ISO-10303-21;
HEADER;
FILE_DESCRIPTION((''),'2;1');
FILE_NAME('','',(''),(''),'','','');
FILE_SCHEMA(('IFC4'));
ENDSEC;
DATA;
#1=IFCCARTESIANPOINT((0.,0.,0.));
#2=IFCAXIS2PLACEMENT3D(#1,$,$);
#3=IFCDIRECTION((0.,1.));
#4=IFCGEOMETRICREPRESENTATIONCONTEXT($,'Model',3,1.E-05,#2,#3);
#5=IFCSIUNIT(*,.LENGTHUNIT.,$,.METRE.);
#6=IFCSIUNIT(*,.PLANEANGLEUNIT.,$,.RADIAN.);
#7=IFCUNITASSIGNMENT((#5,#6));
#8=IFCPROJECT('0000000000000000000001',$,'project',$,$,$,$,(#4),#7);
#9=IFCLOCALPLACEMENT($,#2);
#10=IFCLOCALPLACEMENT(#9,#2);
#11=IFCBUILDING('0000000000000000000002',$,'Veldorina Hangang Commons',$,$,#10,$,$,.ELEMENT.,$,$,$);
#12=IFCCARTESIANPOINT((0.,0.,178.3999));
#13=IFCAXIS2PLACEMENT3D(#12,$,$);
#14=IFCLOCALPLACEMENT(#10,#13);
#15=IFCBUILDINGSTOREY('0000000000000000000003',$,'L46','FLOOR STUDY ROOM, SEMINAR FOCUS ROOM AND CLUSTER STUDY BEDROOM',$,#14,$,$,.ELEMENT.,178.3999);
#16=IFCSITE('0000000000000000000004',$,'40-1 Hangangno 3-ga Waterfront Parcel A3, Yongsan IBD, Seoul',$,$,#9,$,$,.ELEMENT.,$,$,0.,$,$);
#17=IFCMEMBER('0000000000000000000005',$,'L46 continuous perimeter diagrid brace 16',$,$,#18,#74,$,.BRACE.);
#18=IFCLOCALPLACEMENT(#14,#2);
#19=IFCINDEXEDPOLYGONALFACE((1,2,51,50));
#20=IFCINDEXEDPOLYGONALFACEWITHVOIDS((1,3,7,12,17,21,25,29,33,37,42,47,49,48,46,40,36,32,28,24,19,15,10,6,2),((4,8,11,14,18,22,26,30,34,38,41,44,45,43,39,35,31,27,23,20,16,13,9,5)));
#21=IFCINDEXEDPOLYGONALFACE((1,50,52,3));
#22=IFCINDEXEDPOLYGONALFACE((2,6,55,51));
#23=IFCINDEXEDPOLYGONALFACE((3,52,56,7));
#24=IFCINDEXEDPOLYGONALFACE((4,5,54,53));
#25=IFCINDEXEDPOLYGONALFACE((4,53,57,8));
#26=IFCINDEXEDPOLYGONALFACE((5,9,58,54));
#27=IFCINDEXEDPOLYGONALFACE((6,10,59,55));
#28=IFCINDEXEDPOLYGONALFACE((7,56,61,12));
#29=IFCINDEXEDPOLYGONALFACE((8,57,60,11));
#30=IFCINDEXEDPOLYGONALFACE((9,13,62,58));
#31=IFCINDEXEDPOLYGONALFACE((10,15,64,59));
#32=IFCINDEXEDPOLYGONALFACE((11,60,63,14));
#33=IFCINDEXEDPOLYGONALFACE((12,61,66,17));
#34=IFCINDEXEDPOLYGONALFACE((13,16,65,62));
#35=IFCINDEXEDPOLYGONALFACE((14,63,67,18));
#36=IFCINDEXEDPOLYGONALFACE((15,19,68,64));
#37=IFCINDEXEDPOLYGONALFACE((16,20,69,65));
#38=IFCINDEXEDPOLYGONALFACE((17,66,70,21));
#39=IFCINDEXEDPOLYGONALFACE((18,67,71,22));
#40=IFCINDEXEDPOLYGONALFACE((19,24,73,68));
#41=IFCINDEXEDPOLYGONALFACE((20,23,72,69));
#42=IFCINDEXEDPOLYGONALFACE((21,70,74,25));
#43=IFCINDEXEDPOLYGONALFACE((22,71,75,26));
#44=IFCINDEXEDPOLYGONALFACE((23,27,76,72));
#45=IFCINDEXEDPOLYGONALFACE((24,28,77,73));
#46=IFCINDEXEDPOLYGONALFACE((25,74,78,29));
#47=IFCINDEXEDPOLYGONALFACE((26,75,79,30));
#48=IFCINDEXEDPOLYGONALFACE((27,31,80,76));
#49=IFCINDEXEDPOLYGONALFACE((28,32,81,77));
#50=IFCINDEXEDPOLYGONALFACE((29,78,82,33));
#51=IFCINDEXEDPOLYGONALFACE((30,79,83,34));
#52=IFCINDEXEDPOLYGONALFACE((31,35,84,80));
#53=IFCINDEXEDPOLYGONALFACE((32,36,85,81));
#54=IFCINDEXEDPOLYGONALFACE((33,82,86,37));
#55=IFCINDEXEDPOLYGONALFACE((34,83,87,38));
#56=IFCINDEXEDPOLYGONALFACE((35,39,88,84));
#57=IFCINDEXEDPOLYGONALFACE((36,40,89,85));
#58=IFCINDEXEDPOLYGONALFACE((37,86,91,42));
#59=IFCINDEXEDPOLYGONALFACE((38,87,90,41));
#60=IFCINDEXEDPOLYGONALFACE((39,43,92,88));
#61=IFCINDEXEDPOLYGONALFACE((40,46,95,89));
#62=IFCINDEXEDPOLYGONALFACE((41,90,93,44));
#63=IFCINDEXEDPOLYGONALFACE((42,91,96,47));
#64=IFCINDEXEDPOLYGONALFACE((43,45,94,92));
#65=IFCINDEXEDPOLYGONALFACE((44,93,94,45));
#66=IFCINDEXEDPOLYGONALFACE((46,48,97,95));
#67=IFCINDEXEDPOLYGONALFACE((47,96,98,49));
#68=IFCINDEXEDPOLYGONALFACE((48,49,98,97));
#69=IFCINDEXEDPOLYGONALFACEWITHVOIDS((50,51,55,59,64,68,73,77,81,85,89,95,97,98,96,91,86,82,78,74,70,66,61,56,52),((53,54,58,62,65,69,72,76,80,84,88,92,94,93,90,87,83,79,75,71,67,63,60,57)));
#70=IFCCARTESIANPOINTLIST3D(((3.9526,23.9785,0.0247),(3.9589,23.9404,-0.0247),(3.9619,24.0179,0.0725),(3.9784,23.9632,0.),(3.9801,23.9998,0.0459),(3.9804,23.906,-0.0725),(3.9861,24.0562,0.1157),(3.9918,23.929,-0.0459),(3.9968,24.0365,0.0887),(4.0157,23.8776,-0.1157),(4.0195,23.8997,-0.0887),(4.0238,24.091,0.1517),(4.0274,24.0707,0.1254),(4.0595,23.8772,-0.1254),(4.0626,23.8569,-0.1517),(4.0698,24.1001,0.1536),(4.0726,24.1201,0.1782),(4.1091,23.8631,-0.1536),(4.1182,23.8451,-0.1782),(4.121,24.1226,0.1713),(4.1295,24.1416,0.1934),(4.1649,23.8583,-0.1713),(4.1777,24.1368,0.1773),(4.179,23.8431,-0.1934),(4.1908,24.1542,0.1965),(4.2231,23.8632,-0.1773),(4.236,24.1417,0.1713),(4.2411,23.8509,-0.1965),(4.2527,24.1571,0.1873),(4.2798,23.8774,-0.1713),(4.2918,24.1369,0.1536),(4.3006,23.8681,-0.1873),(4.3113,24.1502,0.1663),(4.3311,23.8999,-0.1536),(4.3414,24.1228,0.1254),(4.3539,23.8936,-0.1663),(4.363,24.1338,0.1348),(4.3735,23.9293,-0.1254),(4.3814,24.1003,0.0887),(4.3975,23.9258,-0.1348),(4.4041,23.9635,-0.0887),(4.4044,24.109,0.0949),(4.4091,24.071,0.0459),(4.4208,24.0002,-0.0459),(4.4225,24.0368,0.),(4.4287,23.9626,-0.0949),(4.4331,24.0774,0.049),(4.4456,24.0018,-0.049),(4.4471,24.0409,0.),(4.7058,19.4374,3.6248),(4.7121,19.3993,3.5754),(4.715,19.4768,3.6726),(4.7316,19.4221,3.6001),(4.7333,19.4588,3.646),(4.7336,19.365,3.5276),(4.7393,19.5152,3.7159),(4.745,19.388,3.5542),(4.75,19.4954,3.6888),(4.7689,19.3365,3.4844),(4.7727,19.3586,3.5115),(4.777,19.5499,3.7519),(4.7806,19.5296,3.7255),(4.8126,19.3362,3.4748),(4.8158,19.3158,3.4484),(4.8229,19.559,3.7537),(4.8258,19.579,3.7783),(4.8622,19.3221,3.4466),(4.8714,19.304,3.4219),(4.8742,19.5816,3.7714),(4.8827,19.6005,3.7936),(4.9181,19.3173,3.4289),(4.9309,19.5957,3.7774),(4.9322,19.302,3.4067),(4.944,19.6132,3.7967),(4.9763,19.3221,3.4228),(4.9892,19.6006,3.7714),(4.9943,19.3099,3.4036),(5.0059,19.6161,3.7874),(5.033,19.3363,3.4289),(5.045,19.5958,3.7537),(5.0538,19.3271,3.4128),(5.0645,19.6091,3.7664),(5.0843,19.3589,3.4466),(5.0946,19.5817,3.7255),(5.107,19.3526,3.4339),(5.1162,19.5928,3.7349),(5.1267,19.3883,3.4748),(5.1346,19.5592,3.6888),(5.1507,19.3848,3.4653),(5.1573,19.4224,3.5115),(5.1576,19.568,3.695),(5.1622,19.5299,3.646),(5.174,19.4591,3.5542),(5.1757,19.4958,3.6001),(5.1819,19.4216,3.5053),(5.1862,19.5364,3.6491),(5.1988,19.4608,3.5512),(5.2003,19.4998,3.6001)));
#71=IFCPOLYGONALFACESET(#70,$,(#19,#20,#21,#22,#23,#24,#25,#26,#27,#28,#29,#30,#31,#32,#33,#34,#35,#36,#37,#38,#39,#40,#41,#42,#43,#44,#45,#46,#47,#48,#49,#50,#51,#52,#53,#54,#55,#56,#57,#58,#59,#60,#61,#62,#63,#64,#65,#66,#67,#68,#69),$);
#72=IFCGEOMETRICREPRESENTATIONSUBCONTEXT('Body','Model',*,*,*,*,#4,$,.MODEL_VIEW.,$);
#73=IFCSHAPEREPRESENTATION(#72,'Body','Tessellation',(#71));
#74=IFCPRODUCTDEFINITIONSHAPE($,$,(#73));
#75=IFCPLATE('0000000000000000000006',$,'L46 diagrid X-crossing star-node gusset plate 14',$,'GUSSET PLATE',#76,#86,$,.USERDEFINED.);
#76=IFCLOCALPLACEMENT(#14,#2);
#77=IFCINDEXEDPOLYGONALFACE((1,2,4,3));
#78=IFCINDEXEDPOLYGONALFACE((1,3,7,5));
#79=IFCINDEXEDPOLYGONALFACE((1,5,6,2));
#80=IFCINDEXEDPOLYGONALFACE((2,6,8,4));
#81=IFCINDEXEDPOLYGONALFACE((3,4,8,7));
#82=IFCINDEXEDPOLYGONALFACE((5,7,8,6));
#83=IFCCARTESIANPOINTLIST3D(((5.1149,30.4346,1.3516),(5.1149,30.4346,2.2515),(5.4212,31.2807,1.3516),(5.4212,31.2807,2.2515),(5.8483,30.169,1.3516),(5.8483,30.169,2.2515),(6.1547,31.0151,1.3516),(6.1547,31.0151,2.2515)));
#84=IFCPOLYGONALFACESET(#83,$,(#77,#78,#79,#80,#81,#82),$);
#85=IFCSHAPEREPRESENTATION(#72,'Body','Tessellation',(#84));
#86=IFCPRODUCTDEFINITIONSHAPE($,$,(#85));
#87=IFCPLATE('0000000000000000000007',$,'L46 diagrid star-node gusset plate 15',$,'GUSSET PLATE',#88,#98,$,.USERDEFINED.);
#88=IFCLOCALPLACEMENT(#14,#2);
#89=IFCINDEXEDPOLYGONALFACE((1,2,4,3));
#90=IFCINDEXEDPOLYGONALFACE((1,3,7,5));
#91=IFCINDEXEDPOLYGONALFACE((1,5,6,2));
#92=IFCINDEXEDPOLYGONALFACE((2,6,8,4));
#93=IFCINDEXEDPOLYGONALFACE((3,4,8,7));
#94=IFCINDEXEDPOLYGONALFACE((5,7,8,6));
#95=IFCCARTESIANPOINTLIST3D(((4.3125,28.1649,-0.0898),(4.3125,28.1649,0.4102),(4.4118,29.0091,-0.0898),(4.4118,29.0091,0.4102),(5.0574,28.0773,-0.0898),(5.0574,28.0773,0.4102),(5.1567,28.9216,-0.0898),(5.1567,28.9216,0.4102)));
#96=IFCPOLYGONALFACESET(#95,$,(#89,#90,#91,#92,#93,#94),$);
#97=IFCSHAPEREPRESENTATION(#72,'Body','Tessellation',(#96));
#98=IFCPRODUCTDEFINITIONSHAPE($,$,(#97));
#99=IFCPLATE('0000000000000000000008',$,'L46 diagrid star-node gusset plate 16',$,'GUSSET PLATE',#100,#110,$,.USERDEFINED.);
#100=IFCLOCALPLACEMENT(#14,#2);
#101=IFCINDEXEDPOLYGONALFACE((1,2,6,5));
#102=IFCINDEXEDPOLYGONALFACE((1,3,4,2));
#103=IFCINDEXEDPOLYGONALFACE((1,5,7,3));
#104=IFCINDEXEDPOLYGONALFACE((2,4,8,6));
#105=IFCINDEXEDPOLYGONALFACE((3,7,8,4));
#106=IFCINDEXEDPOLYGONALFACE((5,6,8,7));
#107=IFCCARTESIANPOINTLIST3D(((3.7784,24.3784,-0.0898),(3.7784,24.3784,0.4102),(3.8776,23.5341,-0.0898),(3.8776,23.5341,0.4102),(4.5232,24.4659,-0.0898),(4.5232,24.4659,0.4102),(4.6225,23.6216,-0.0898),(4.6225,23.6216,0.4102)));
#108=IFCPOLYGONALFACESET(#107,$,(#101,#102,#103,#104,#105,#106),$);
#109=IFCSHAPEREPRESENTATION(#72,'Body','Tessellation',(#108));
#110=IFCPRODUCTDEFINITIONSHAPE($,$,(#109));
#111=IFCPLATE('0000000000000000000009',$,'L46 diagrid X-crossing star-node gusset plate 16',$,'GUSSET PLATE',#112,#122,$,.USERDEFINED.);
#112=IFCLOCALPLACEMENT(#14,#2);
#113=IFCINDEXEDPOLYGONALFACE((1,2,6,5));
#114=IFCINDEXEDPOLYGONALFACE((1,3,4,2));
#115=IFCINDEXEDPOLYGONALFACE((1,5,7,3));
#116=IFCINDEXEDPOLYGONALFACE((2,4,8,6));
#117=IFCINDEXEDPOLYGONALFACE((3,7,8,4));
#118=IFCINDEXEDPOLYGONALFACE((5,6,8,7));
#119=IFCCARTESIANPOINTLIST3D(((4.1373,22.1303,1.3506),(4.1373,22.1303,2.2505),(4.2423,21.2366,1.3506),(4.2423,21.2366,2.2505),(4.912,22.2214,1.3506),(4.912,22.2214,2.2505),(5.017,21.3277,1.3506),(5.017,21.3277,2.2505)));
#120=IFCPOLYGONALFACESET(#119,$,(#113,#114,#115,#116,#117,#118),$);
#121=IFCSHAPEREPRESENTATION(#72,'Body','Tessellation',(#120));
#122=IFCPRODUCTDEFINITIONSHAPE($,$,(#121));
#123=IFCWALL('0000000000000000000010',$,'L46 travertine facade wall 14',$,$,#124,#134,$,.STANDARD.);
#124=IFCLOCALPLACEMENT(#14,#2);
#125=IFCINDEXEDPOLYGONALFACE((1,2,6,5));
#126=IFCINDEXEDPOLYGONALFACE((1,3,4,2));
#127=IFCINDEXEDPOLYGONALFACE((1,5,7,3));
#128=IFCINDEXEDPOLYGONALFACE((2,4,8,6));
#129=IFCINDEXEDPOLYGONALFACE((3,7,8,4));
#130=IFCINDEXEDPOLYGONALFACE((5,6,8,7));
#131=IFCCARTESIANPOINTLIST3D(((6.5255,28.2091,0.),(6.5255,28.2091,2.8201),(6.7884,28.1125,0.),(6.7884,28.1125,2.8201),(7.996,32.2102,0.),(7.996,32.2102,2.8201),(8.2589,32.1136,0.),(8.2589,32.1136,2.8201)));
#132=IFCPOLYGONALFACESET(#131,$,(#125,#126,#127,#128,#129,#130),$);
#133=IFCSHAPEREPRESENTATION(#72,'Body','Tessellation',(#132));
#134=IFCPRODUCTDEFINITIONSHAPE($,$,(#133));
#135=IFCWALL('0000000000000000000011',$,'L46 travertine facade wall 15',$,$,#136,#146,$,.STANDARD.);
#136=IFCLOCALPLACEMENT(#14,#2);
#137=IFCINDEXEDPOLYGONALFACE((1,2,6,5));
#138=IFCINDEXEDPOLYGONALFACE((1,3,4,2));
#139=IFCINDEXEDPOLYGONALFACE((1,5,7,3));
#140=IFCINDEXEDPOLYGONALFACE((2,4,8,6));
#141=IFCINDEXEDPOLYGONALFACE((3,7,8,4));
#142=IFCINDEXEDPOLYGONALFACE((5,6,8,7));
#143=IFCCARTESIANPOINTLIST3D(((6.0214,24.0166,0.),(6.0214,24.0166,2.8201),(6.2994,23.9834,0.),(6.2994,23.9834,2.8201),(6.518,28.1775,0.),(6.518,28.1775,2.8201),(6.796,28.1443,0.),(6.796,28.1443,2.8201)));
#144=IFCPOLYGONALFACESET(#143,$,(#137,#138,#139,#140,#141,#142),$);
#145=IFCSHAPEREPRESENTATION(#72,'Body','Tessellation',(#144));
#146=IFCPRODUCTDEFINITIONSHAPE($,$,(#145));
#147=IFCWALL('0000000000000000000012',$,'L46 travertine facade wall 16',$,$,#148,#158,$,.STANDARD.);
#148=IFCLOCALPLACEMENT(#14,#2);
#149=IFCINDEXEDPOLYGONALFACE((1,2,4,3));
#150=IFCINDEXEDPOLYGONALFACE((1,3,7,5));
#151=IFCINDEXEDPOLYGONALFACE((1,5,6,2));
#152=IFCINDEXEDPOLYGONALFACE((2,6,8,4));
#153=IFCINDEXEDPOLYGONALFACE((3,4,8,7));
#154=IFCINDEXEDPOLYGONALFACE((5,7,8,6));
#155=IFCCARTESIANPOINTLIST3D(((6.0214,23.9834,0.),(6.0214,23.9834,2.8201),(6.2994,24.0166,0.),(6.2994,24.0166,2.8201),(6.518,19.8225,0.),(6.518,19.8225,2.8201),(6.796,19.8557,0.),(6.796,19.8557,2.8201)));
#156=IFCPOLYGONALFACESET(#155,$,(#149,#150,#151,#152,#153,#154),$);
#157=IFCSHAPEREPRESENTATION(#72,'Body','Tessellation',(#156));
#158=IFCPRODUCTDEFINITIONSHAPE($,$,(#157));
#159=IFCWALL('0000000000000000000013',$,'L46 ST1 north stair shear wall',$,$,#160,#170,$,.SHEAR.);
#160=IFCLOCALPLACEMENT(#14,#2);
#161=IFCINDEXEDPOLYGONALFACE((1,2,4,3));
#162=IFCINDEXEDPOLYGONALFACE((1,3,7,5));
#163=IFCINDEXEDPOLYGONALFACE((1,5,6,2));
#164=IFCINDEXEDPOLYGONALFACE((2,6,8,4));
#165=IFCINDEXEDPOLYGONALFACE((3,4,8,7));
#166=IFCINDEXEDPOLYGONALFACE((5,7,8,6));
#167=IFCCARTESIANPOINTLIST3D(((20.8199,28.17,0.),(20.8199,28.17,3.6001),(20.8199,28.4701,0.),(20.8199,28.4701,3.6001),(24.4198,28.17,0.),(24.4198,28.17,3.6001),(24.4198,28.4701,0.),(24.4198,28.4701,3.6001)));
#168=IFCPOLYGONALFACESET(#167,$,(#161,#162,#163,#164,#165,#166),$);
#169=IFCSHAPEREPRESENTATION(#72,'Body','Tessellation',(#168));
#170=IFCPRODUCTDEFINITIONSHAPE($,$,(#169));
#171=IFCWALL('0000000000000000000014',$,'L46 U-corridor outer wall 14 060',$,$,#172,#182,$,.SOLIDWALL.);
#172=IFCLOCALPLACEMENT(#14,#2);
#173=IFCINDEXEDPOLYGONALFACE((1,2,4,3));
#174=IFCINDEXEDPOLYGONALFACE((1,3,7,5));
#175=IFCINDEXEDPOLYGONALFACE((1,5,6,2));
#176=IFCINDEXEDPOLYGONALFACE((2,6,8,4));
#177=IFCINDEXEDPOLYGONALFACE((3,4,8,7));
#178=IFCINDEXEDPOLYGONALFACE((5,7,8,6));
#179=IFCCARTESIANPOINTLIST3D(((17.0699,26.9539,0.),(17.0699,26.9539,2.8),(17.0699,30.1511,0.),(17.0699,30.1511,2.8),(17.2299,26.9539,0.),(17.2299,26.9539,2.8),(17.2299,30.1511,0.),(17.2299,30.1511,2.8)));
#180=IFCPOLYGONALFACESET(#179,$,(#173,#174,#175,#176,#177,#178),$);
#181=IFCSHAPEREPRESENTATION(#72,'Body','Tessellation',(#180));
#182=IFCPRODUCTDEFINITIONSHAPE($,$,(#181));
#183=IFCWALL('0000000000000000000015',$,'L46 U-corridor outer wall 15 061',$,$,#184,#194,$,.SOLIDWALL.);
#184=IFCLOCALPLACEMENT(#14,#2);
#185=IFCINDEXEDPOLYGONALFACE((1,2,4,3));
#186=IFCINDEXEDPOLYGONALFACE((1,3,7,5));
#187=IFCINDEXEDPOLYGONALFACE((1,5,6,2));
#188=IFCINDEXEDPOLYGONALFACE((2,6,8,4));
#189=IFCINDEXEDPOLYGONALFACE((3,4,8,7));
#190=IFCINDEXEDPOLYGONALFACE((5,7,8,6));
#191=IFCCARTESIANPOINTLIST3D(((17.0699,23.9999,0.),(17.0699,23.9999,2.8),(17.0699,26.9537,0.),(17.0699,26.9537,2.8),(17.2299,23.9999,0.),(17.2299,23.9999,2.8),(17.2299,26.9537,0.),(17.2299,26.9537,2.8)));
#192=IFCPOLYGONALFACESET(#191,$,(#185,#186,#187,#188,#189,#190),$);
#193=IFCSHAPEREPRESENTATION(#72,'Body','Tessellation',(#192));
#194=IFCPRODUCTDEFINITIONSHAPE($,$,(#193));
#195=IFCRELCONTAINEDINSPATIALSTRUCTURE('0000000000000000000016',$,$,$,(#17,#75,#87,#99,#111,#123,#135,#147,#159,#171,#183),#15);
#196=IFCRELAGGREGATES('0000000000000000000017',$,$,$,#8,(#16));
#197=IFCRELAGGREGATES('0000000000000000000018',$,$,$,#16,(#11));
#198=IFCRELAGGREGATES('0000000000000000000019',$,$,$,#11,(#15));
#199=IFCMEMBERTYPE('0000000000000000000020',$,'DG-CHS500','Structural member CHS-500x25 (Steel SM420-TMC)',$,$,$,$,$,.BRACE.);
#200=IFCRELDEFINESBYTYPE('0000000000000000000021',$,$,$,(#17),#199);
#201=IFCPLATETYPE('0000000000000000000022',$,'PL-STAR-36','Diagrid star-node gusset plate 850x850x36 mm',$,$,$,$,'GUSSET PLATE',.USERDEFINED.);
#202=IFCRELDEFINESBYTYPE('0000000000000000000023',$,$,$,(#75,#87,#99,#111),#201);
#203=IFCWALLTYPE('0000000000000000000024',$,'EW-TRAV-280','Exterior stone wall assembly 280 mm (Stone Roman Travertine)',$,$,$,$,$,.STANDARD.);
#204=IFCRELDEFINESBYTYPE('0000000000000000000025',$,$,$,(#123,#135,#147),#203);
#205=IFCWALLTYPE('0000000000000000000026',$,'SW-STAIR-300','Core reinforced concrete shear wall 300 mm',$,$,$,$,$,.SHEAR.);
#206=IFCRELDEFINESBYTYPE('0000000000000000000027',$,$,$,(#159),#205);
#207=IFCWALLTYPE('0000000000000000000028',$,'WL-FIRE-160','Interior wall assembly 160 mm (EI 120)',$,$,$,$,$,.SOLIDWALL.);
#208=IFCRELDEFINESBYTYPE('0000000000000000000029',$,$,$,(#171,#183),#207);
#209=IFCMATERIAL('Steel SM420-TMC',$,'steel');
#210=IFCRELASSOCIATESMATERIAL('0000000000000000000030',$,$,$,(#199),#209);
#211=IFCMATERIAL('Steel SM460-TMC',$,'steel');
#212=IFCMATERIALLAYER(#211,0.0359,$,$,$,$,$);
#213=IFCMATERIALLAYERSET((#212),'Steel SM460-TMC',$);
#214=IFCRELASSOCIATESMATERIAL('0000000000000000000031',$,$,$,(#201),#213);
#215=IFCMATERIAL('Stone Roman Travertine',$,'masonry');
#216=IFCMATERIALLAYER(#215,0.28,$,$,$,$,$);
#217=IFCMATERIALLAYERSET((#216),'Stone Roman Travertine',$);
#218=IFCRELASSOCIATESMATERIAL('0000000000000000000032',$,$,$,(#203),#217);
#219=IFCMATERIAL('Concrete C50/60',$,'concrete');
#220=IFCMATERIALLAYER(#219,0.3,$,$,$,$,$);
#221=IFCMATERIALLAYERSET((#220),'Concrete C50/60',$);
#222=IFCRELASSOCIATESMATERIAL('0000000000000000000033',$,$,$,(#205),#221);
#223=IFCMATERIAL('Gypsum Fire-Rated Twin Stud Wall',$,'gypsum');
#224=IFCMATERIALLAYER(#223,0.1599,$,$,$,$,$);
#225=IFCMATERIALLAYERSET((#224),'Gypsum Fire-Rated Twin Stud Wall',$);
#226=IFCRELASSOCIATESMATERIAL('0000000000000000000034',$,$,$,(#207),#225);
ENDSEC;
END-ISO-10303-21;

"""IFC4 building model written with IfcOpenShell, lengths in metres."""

from ifc_helpers import new_model, si_unit, direction, frame, frame_2d, origin, origin_2d, place, context, subcontext, project, spatial, rectangle, hollow_circle, extrude, material, layer, layer_set, material_profile, profile_set, type_object, element, save


model = new_model("IFC4")

# Units and contexts
model_context = context("Model", 3, precision=1e-05, world=origin(), true_north=direction((0.0, 1.0)))
body_context = subcontext(model_context, "Body", "Model", "MODEL_VIEW")
ifc_project = project(units=[si_unit("LENGTHUNIT", "METRE"), si_unit("PLANEANGLEUNIT", "RADIAN")], contexts=[model_context])

# Site, building, storey
site_placement = place(None, origin())
site = spatial("IfcSite", under=ifc_project, at=site_placement, Name="40-1 Hangangno 3-ga Waterfront Parcel A3, Yongsan IBD, Seoul", CompositionType="ELEMENT", RefElevation=0.0)
building_placement = place(site_placement, origin())
building = spatial("IfcBuilding", under=site, at=building_placement, Name="Veldorina Hangang Commons", CompositionType="ELEMENT")
storey_placement = place(building_placement, frame((0.0, 0.0, 178.3999)))
storey = spatial("IfcBuildingStorey", under=building, at=storey_placement, Name="L46", Description="FLOOR STUDY ROOM, SEMINAR FOCUS ROOM AND CLUSTER STUDY BEDROOM", CompositionType="ELEMENT", Elevation=178.3999)

# Shared definitions
ifc_material_1 = material(Name="Steel SM420-TMC", Category="steel")

# Member
ifc_material_profile_1 = material_profile(ifc_material_1, hollow_circle(Radius=0.25, WallThickness=0.0249, at=origin_2d()), Name="CHS-500x25")
ifc_profile_set_1 = profile_set([ifc_material_profile_1], Name="Steel SM420-TMC")
member_type = type_object("IfcMemberType", Name="DG-CHS500", Description="Structural member CHS-500x25 (Steel SM420-TMC)", PredefinedType="BRACE", material=ifc_profile_set_1)
member_1_placement = place(storey_placement, frame((4.2004, 24.0, 0.0), z_axis=(0.128887, -0.777079, 0.616065), x_axis=(0.986523, 0.163625, 0.0)))
element("IfcMember", 1, at=member_1_placement, inside=storey, type_object=member_type, Name="L46 continuous perimeter diagrid brace 16", PredefinedType="BRACE", context=body_context, shape_type="SweptSolid", body=[
    extrude(hollow_circle(Radius=0.25, WallThickness=0.0249, at=origin_2d()), origin(), (0.0, 0.0, 1.0), 5.8438),
])

# Plates
ifc_material_2 = material(Name="Steel SM460-TMC", Category="steel")
ifc_layer_1 = layer(ifc_material_2, 0.0359)
ifc_layer_set_1 = layer_set([ifc_layer_1], Name="Steel SM460-TMC")
plate_type = type_object("IfcPlateType", Name="PL-STAR-36", Description="Diagrid star-node gusset plate 850x850x36 mm", ElementType="GUSSET PLATE", PredefinedType="USERDEFINED", material=ifc_layer_set_1)
plate_1_placement = place(storey_placement, frame((5.6348, 30.7249, 1.3516), z_axis=(0.0, 0.0, 1.0), x_axis=(-0.340462, -0.940258, 0.0)))
element("IfcPlate", 2, at=plate_1_placement, inside=storey, type_object=plate_type, Name="L46 diagrid X-crossing star-node gusset plate 14", ObjectType="GUSSET PLATE", PredefinedType="USERDEFINED", context=body_context, shape_type="SweptSolid", body=[
    extrude(rectangle(XDim=0.8999, YDim=0.78, at=origin_2d()), origin(), (0.0, 0.0, 1.0), 0.8999),
])
for number, where, z_axis, x_axis, name in (
    (3, (4.7346, 28.5432, -0.0898), (0.0, 0.0, 1.0), (-0.116775, -0.993158, 0.0), "L46 diagrid star-node gusset plate 15"),
    (4, (4.2004, 24.0, -0.0898), (0.0, 0.0, 1.0), (0.116775, -0.993158, 0.0), "L46 diagrid star-node gusset plate 16"),
):
    element("IfcPlate", number, at=place(storey_placement, frame(where, z_axis=z_axis, x_axis=x_axis)), inside=storey, type_object=plate_type, Name=name, ObjectType="GUSSET PLATE", PredefinedType="USERDEFINED", context=body_context, shape_type="SweptSolid", body=[
        extrude(rectangle(XDim=0.8501, YDim=0.75, at=origin_2d()), origin(), (0.0, 0.0, 1.0), 0.5),
    ])
plate_2_placement = place(storey_placement, frame((4.5771, 21.729, 1.3506), z_axis=(0.0, 0.0, 1.0), x_axis=(0.116775, -0.993158, 0.0)))
element("IfcPlate", 5, at=plate_2_placement, inside=storey, type_object=plate_type, Name="L46 diagrid X-crossing star-node gusset plate 16", ObjectType="GUSSET PLATE", PredefinedType="USERDEFINED", context=body_context, shape_type="SweptSolid", body=[
    extrude(rectangle(XDim=0.8999, YDim=0.78, at=origin_2d()), origin(), (0.0, 0.0, 1.0), 0.8999),
])

# Walls
ifc_material_3 = material(Name="Stone Roman Travertine", Category="masonry")
ifc_layer_2 = layer(ifc_material_3, 0.28)
ifc_layer_set_2 = layer_set([ifc_layer_2], Name="Stone Roman Travertine")
wall_type_1 = type_object("IfcWallType", Name="EW-TRAV-280", Description="Exterior stone wall assembly 280 mm (Stone Roman Travertine)", PredefinedType="STANDARD", material=ifc_layer_set_2)
wall_1_placement = place(storey_placement, frame((8.1274, 32.1619, 0.0), z_axis=(0.0, 0.0, 1.0), x_axis=(-0.344965, -0.938616, 0.0)))
element("IfcWall", 6, at=wall_1_placement, inside=storey, type_object=wall_type_1, Name="L46 travertine facade wall 14", PredefinedType="STANDARD", context=body_context, shape_type="SweptSolid", body=[
    extrude(rectangle(XDim=4.2627, YDim=0.28, at=frame_2d((2.1313, 0.0))), origin(), (0.0, 0.0, 1.0), 2.8201),
])
for number, where, z_axis, x_axis, name in (
    (7, (6.657, 28.1609, 0.0), (0.0, 0.0, 1.0), (-0.118504, -0.992954, 0.0), "L46 travertine facade wall 15"),
    (8, (6.1604, 24.0, 0.0), (0.0, 0.0, 1.0), (0.118504, -0.992954, 0.0), "L46 travertine facade wall 16"),
):
    element("IfcWall", number, at=place(storey_placement, frame(where, z_axis=z_axis, x_axis=x_axis)), inside=storey, type_object=wall_type_1, Name=name, PredefinedType="STANDARD", context=body_context, shape_type="SweptSolid", body=[
        extrude(rectangle(XDim=4.1904, YDim=0.28, at=frame_2d((2.0952, 0.0))), origin(), (0.0, 0.0, 1.0), 2.8201),
    ])
ifc_material_4 = material(Name="Concrete C50/60", Category="concrete")
ifc_layer_3 = layer(ifc_material_4, 0.3)
ifc_layer_set_3 = layer_set([ifc_layer_3], Name="Concrete C50/60")
wall_type_2 = type_object("IfcWallType", Name="SW-STAIR-300", Description="Core reinforced concrete shear wall 300 mm", PredefinedType="SHEAR", material=ifc_layer_set_3)
wall_2_placement = place(storey_placement, frame((20.8201, 28.3201, 0.0), z_axis=(0.0, 0.0, 1.0), x_axis=(1.0, 0.0, 0.0)))
element("IfcWall", 9, at=wall_2_placement, inside=storey, type_object=wall_type_2, Name="L46 ST1 north stair shear wall", PredefinedType="SHEAR", context=body_context, shape_type="SweptSolid", body=[
    extrude(rectangle(XDim=3.5999, YDim=0.3, at=frame_2d((1.7998, 0.0))), origin(), (0.0, 0.0, 1.0), 3.6001),
])
ifc_material_5 = material(Name="Gypsum Fire-Rated Twin Stud Wall", Category="gypsum")
ifc_layer_4 = layer(ifc_material_5, 0.1599)
ifc_layer_set_4 = layer_set([ifc_layer_4], Name="Gypsum Fire-Rated Twin Stud Wall")
wall_type_3 = type_object("IfcWallType", Name="WL-FIRE-160", Description="Interior wall assembly 160 mm (EI 120)", PredefinedType="SOLIDWALL", material=ifc_layer_set_4)
wall_3_placement = place(storey_placement, frame((17.1499, 30.1511, 0.0), z_axis=(0.0, 0.0, 1.0), x_axis=(0.0, -1.0, 0.0)))
element("IfcWall", 10, at=wall_3_placement, inside=storey, type_object=wall_type_3, Name="L46 U-corridor outer wall 14 060", PredefinedType="SOLIDWALL", context=body_context, shape_type="SweptSolid", body=[
    extrude(rectangle(XDim=3.1973, YDim=0.1599, at=frame_2d((1.5986, 0.0))), origin(), (0.0, 0.0, 1.0), 2.8),
])
wall_4_placement = place(storey_placement, frame((17.1499, 26.9539, 0.0), z_axis=(0.0, 0.0, 1.0), x_axis=(0.0, -1.0, 0.0)))
element("IfcWall", 11, at=wall_4_placement, inside=storey, type_object=wall_type_3, Name="L46 U-corridor outer wall 15 061", PredefinedType="SOLIDWALL", context=body_context, shape_type="SweptSolid", body=[
    extrude(rectangle(XDim=2.9539, YDim=0.1599, at=frame_2d((1.4771, 0.0))), origin(), (0.0, 0.0, 1.0), 2.8),
])

save(model, "model.ifc")
